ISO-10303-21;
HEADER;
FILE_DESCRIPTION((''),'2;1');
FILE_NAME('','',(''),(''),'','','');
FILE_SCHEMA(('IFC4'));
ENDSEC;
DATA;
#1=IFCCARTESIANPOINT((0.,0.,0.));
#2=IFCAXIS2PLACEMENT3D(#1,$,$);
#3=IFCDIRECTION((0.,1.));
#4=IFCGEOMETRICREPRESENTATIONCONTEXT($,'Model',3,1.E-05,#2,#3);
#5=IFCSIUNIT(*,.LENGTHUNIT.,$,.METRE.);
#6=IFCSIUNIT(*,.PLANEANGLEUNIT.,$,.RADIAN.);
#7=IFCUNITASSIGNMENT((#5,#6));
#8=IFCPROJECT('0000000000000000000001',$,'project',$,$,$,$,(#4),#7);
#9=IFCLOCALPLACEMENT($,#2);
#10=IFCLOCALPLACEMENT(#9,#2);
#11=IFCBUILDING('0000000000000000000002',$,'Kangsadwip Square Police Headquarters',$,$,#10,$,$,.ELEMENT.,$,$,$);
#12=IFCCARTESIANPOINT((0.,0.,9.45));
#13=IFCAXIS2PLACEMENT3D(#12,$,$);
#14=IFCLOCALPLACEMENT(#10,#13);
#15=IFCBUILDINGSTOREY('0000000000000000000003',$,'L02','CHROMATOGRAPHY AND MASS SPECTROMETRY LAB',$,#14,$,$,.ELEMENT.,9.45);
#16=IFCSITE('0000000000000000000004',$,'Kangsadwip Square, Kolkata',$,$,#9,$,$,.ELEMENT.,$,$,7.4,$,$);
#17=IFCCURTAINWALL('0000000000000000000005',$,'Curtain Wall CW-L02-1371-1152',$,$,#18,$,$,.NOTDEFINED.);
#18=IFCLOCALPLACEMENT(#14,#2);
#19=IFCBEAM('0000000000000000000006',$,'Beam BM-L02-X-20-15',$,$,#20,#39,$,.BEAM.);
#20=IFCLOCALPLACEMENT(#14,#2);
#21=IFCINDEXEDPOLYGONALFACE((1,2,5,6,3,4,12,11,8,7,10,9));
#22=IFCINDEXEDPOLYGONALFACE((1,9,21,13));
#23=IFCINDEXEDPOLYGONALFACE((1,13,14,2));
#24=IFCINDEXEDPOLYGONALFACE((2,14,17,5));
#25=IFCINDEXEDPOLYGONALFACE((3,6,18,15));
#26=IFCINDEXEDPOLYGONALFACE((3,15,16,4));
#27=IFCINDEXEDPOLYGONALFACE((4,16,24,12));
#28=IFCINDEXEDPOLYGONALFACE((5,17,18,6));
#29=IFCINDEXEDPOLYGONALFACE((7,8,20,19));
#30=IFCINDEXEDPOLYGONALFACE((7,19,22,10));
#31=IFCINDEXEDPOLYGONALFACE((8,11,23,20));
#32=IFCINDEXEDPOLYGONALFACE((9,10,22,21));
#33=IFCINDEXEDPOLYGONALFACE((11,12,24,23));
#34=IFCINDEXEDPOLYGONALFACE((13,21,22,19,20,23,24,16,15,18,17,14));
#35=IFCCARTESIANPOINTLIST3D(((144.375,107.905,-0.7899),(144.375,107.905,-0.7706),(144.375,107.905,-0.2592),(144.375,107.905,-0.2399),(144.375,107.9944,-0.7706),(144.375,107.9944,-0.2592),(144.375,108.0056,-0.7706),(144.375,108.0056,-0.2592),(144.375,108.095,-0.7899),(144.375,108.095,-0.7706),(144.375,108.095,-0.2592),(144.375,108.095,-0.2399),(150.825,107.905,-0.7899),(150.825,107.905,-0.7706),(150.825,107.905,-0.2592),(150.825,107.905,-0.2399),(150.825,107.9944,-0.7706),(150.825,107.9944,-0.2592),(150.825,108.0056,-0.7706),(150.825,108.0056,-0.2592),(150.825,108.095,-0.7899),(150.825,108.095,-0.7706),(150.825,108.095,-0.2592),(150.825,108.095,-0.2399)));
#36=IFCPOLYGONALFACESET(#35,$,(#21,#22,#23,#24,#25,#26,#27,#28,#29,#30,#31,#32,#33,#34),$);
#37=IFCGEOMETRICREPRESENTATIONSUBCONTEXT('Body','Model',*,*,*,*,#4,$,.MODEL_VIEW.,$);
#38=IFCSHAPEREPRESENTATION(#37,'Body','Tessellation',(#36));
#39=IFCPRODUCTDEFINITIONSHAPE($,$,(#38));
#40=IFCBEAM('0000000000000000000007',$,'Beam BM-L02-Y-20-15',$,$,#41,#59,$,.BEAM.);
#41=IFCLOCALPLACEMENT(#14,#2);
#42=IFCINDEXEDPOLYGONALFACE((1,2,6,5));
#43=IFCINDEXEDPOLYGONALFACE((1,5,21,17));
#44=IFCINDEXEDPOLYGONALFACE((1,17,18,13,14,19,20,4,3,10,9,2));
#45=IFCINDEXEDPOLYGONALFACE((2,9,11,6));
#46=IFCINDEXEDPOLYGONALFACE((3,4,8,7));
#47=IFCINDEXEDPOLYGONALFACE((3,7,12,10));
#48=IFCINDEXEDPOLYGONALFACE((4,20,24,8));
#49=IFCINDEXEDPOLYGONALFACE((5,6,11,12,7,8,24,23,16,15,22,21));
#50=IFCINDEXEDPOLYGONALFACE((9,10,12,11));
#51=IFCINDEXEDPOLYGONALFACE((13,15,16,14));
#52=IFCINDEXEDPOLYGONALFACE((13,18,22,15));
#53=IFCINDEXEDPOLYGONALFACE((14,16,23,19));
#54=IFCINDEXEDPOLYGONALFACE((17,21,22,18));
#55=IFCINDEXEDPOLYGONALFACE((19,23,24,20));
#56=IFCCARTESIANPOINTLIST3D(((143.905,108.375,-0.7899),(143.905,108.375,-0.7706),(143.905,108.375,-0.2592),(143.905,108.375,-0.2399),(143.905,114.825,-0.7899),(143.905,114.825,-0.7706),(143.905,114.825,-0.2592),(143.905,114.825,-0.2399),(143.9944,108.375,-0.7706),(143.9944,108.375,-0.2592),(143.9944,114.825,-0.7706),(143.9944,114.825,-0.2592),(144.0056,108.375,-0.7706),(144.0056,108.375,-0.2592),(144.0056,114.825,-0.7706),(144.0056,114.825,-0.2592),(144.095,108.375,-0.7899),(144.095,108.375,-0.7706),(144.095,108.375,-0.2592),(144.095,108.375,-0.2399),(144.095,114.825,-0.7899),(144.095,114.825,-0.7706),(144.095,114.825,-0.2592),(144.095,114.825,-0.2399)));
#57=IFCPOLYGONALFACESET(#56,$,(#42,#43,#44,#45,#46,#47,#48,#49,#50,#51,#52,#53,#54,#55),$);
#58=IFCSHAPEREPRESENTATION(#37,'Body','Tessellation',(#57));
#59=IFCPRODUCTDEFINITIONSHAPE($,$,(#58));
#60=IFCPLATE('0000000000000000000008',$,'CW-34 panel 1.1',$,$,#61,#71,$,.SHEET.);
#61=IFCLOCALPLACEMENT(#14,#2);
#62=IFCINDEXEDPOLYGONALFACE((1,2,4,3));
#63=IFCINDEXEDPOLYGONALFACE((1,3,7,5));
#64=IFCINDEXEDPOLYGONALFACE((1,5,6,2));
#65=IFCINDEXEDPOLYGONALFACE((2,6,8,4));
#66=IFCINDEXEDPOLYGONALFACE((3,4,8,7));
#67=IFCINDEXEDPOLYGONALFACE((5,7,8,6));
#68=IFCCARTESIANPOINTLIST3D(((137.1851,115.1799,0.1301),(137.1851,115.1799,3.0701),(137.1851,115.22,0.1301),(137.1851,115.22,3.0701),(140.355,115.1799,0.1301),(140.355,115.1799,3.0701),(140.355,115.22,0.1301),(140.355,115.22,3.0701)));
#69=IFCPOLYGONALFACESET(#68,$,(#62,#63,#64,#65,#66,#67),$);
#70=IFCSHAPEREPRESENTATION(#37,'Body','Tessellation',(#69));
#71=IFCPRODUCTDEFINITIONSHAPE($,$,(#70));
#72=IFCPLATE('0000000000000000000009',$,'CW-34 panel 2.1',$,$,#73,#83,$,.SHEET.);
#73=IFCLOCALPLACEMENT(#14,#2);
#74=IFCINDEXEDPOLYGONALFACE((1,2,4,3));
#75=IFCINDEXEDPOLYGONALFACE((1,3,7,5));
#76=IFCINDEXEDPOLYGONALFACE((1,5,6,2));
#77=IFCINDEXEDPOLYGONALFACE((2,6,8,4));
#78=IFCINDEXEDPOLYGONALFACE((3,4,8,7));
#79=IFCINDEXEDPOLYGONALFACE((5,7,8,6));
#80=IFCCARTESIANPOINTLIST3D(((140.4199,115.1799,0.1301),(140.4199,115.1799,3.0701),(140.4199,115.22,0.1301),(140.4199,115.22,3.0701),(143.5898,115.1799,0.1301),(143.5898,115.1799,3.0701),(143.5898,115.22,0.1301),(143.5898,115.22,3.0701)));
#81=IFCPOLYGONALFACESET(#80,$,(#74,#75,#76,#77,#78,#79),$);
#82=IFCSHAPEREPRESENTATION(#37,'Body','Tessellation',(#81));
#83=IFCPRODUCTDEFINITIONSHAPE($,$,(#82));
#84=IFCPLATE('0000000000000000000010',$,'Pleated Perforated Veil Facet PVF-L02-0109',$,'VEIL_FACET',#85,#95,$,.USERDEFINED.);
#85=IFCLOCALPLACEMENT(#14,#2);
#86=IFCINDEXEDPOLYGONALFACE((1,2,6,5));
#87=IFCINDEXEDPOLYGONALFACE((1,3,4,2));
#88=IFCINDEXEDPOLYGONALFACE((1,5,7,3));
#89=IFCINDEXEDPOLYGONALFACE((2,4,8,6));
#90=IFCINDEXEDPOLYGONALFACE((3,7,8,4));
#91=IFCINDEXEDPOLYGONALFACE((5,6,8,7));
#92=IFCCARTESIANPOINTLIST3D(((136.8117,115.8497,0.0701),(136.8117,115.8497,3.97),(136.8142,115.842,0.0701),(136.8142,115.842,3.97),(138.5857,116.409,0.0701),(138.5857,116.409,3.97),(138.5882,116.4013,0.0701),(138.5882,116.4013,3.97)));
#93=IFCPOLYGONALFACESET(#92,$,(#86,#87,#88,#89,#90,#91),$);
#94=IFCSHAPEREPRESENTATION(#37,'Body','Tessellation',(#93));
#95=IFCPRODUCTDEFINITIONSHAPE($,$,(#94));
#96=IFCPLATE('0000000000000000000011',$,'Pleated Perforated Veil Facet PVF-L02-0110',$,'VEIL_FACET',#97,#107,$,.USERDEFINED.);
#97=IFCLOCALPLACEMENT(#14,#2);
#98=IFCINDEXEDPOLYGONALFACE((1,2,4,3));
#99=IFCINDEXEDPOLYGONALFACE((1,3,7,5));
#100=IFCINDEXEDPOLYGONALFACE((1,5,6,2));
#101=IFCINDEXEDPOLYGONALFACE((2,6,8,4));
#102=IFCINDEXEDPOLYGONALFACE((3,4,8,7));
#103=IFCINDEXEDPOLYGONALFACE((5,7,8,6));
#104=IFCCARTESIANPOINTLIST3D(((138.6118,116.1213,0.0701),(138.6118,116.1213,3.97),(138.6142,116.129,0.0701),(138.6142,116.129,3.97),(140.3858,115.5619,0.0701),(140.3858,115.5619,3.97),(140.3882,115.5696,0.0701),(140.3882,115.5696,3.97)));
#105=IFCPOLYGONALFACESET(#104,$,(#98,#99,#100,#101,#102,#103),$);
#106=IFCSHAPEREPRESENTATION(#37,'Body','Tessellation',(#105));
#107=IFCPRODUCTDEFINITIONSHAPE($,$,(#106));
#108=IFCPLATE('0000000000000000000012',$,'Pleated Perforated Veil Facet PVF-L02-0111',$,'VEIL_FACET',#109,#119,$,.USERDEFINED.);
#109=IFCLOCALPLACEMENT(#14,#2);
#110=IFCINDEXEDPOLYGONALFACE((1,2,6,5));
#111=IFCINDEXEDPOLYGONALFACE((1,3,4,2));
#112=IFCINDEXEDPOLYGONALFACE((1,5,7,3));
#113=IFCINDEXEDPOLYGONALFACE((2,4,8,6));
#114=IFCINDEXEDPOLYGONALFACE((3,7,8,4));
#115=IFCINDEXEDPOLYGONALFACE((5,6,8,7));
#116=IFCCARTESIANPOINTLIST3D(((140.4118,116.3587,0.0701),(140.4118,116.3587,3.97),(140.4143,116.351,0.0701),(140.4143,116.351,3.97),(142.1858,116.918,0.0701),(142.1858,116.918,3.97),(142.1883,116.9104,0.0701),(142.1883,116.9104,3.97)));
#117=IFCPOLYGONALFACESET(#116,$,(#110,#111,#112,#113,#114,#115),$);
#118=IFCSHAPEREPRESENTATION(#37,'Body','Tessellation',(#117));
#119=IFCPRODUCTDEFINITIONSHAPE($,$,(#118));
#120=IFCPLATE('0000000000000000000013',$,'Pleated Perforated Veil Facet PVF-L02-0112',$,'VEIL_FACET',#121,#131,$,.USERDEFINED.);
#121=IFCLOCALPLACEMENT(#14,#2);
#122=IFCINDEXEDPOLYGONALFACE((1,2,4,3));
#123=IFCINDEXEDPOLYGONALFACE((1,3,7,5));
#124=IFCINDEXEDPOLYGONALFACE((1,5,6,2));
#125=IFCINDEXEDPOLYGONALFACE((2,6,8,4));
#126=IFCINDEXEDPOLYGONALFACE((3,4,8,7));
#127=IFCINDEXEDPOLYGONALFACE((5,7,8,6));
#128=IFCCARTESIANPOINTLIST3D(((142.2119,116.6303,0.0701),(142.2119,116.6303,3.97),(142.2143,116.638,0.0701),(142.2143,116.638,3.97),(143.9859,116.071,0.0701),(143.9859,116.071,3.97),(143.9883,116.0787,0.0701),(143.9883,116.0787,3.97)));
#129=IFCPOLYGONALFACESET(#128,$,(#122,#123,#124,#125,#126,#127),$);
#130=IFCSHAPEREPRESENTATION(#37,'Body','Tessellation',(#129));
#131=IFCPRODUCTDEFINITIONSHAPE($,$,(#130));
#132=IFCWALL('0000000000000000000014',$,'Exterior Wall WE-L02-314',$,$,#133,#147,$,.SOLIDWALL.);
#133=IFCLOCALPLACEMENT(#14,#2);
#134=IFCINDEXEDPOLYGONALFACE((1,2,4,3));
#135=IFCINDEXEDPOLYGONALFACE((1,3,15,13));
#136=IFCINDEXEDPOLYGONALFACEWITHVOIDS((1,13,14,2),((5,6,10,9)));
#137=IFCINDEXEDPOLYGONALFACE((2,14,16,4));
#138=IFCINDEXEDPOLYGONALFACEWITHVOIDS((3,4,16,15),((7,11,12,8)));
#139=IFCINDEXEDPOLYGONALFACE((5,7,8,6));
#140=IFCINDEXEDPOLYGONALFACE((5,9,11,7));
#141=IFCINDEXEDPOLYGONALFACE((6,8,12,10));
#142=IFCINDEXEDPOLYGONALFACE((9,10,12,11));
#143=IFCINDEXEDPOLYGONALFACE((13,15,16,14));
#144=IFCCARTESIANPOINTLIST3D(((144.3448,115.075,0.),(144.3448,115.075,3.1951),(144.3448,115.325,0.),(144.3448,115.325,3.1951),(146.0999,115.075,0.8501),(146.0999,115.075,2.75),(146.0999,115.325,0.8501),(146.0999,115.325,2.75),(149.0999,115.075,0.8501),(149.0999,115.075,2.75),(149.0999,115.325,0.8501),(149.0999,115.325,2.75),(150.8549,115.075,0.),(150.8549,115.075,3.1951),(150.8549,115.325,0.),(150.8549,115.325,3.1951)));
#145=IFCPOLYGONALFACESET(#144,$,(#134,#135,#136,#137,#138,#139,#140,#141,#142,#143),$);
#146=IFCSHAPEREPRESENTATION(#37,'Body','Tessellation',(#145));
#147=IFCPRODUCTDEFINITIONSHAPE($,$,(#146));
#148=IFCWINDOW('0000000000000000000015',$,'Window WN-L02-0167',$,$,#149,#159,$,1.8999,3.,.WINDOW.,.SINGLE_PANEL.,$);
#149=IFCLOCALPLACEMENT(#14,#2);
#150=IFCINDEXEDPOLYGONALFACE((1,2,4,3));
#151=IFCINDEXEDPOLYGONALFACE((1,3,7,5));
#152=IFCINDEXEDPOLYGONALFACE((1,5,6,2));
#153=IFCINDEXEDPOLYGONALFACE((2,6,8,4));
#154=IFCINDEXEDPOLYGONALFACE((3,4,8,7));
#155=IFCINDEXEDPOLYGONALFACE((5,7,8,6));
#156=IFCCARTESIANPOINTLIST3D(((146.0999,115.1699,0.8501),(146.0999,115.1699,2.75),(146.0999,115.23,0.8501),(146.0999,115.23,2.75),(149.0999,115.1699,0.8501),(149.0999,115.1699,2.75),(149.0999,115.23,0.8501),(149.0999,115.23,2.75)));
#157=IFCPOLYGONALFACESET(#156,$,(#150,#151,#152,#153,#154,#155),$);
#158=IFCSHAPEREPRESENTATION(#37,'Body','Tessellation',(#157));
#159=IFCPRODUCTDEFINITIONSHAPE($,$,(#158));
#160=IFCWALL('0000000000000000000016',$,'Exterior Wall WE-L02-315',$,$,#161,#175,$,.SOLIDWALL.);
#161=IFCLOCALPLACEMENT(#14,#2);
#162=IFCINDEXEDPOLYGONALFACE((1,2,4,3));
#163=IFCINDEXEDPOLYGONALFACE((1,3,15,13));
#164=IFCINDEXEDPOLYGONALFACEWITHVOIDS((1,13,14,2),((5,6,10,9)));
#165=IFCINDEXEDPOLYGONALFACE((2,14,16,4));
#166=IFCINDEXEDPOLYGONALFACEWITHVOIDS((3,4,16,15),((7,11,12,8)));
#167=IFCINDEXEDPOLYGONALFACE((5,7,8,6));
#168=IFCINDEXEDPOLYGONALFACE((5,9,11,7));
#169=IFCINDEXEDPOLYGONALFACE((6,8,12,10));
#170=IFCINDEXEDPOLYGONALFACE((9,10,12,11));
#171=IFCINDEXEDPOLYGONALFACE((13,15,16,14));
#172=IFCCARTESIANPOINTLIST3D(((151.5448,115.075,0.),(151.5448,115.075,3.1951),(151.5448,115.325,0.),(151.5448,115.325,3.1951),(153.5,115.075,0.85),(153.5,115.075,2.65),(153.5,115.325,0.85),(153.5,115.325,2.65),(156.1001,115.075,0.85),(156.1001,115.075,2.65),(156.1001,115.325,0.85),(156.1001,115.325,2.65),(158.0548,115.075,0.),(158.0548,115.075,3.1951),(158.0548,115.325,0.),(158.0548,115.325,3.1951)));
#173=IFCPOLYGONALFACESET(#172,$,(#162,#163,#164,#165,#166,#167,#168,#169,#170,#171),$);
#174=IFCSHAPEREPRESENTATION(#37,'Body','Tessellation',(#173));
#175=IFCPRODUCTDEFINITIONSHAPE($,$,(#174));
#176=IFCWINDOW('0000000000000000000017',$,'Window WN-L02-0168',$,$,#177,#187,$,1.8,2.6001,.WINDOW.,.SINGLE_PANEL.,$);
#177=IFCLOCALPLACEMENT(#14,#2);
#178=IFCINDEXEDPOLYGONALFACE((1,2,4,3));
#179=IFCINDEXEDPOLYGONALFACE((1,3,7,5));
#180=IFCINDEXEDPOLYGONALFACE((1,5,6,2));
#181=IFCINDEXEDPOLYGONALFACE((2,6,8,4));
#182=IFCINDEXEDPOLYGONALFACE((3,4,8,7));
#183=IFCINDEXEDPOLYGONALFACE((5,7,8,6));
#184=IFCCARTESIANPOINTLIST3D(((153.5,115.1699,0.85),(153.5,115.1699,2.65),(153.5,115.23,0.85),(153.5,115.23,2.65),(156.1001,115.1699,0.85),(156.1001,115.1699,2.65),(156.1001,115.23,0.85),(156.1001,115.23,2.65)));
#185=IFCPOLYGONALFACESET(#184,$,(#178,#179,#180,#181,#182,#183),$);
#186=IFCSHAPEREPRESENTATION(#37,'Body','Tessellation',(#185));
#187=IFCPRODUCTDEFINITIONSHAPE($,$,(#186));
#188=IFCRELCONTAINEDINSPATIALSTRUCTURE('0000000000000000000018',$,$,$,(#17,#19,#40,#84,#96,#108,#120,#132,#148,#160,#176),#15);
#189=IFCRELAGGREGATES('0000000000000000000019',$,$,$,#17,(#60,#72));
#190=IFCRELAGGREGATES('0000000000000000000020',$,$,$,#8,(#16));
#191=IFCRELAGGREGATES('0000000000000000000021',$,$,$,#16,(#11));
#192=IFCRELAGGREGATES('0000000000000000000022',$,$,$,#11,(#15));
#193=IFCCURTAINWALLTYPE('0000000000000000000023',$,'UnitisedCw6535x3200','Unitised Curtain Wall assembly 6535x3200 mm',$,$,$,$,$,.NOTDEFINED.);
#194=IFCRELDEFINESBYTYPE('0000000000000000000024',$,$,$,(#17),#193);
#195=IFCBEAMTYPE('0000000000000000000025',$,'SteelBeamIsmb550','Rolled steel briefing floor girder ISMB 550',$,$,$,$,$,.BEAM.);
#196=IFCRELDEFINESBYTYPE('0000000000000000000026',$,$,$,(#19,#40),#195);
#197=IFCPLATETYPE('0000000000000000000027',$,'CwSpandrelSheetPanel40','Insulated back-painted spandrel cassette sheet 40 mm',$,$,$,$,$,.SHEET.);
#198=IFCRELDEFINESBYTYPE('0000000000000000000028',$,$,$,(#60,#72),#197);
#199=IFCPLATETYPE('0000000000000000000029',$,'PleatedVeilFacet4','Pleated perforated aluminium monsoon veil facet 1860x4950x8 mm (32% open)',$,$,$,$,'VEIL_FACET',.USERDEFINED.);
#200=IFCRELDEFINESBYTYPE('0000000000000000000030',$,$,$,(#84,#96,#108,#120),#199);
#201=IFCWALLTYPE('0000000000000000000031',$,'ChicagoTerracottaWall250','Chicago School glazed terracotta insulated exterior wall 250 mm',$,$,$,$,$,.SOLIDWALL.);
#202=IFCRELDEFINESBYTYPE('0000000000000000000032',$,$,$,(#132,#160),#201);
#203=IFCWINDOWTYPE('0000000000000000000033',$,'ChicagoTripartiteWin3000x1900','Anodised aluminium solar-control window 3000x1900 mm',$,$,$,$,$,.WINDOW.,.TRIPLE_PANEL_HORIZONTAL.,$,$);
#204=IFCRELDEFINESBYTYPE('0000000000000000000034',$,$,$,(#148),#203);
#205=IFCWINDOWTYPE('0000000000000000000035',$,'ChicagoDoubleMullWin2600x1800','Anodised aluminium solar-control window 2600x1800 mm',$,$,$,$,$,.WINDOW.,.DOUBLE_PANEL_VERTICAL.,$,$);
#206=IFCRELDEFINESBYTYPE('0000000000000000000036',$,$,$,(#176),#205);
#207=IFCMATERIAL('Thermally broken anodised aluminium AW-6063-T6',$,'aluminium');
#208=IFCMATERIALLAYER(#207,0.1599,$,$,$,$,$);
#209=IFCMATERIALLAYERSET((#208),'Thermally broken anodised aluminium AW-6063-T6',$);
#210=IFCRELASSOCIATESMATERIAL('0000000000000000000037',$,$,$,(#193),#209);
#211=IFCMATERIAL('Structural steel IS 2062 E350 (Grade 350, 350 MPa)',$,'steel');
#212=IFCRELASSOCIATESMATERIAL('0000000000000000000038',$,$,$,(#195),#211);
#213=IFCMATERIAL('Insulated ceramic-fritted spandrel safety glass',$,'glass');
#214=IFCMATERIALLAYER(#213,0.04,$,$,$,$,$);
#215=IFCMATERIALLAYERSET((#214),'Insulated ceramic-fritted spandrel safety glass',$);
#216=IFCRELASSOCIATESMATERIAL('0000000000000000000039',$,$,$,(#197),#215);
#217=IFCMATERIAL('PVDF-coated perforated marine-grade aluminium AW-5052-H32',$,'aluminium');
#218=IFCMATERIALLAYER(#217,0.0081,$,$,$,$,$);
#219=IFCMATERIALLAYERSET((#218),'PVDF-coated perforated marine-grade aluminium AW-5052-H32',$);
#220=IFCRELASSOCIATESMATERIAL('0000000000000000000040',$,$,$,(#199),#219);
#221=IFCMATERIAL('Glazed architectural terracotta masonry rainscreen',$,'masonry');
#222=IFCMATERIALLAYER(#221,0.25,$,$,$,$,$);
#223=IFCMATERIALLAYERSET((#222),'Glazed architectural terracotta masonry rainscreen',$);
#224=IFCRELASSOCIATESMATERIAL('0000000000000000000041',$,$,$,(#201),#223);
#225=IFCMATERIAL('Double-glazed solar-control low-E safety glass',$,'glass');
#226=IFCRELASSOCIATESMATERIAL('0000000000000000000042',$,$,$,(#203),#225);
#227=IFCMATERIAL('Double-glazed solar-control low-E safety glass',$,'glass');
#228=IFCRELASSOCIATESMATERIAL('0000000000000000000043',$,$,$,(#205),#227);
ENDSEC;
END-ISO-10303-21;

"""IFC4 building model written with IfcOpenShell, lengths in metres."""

from ifc_helpers import new_model, si_unit, direction, frame, frame_2d, origin, origin_2d, place, context, subcontext, project, spatial, rectangle, i_section, extrude, material, layer, layer_set, material_profile, profile_set, type_object, element, fill, aggregate, save


model = new_model("IFC4")

# Units and contexts
model_context = context("Model", 3, precision=1e-05, world=origin(), true_north=direction((0.0, 1.0)))
body_context = subcontext(model_context, "Body", "Model", "MODEL_VIEW")
ifc_project = project(units=[si_unit("LENGTHUNIT", "METRE"), si_unit("PLANEANGLEUNIT", "RADIAN")], contexts=[model_context])

# Site, building, storey
site_placement = place(None, origin())
site = spatial("IfcSite", under=ifc_project, at=site_placement, Name="Kangsadwip Square, Kolkata", CompositionType="ELEMENT", RefElevation=7.4)
building_placement = place(site_placement, origin())
building = spatial("IfcBuilding", under=site, at=building_placement, Name="Kangsadwip Square Police Headquarters", CompositionType="ELEMENT")
storey_placement = place(building_placement, frame((0.0, 0.0, 9.45)))
storey = spatial("IfcBuildingStorey", under=building, at=storey_placement, Name="L02", Description="CHROMATOGRAPHY AND MASS SPECTROMETRY LAB", CompositionType="ELEMENT", Elevation=9.45)

# Curtain wall
ifc_material_1 = material(Name="Thermally broken anodised aluminium AW-6063-T6", Category="aluminium")
ifc_layer_1 = layer(ifc_material_1, 0.1599)
ifc_layer_set_1 = layer_set([ifc_layer_1], Name="Thermally broken anodised aluminium AW-6063-T6")
curtain_wall_type = type_object("IfcCurtainWallType", Name="UnitisedCw6535x3200", Description="Unitised Curtain Wall assembly 6535x3200 mm", PredefinedType="NOTDEFINED", material=ifc_layer_set_1)
curtain_wall_placement = place(storey_placement, origin())
curtain_wall = element("IfcCurtainWall", 1, at=curtain_wall_placement, inside=storey, type_object=curtain_wall_type, Name="Curtain Wall CW-L02-1371-1152", PredefinedType="NOTDEFINED")

# Beams
ifc_material_2 = material(Name="Structural steel IS 2062 E350 (Grade 350, 350 MPa)", Category="steel")
ifc_material_profile_1 = material_profile(ifc_material_2, i_section(OverallWidth=0.1899, OverallDepth=0.55, WebThickness=0.0112, FlangeThickness=0.0193, at=origin_2d()), Name="ISMB 550")
ifc_profile_set_1 = profile_set([ifc_material_profile_1], Name="Structural steel IS 2062 E350 (Grade 350, 350 MPa)")
beam_type_1 = type_object("IfcBeamType", Name="SteelBeamIsmb550", Description="Rolled steel briefing floor girder ISMB 550", PredefinedType="BEAM", material=ifc_profile_set_1)
for number, where, z_axis, x_axis, name in (
    (2, (144.375, 108.0, -0.5149), (1.0, 0.0, 0.0), (0.0, 1.0, 0.0), "Beam BM-L02-X-20-15"),
    (3, (144.0, 108.375, -0.5149), (0.0, 1.0, 0.0), (-1.0, 0.0, 0.0), "Beam BM-L02-Y-20-15"),
):
    element("IfcBeam", number, at=place(storey_placement, frame(where, z_axis=z_axis, x_axis=x_axis)), inside=storey, type_object=beam_type_1, Name=name, PredefinedType="BEAM", context=body_context, shape_type="SweptSolid", body=[
        extrude(i_section(OverallWidth=0.1899, OverallDepth=0.55, WebThickness=0.0112, FlangeThickness=0.0193, at=origin_2d()), origin(), (0.0, 0.0, 1.0), 6.45),
    ])

# Plates
ifc_material_3 = material(Name="Insulated ceramic-fritted spandrel safety glass", Category="glass")
ifc_layer_2 = layer(ifc_material_3, 0.04)
ifc_layer_set_2 = layer_set([ifc_layer_2], Name="Insulated ceramic-fritted spandrel safety glass")
plate_type_1 = type_object("IfcPlateType", Name="CwSpandrelSheetPanel40", Description="Insulated back-painted spandrel cassette sheet 40 mm", PredefinedType="SHEET", material=ifc_layer_set_2)
plate_1_placement = place(storey_placement, frame((138.77, 115.2, 0.1301), z_axis=(0.0, 0.0, 1.0), x_axis=(1.0, 0.0, 0.0)))
plate_1 = element("IfcPlate", 4, at=plate_1_placement, type_object=plate_type_1, Name="CW-34 panel 1.1", PredefinedType="SHEET", context=body_context, shape_type="SweptSolid", body=[
    extrude(rectangle(XDim=3.1699, YDim=0.04, at=origin_2d()), origin(), (0.0, 0.0, 1.0), 2.9399),
])
plate_2_placement = place(storey_placement, frame((142.0049, 115.2, 0.1301), z_axis=(0.0, 0.0, 1.0), x_axis=(1.0, 0.0, 0.0)))
plate_2 = element("IfcPlate", 5, at=plate_2_placement, type_object=plate_type_1, Name="CW-34 panel 2.1", PredefinedType="SHEET", context=body_context, shape_type="SweptSolid", body=[
    extrude(rectangle(XDim=3.1699, YDim=0.04, at=origin_2d()), origin(), (0.0, 0.0, 1.0), 2.9399),
])
aggregate(curtain_wall, [plate_1, plate_2])

# Plates
ifc_material_4 = material(Name="PVDF-coated perforated marine-grade aluminium AW-5052-H32", Category="aluminium")
ifc_layer_3 = layer(ifc_material_4, 0.0081)
ifc_layer_set_3 = layer_set([ifc_layer_3], Name="PVDF-coated perforated marine-grade aluminium AW-5052-H32")
plate_type_2 = type_object("IfcPlateType", Name="PleatedVeilFacet4", Description="Pleated perforated aluminium monsoon veil facet 1860x4950x8 mm (32% open)", ElementType="VEIL_FACET", PredefinedType="USERDEFINED", material=ifc_layer_set_3)
for number, where, z_axis, x_axis, name in (
    (6, (137.7, 116.1255, 0.0701), (0.0, 0.0, 1.0), (0.953717, 0.300706, 0.0), "Pleated Perforated Veil Facet PVF-L02-0109"),
    (7, (139.5, 115.8455, 0.0701), (0.0, 0.0, 1.0), (0.953717, -0.300706, 0.0), "Pleated Perforated Veil Facet PVF-L02-0110"),
    (8, (141.3, 116.6345, 0.0701), (0.0, 0.0, 1.0), (0.953717, 0.300706, 0.0), "Pleated Perforated Veil Facet PVF-L02-0111"),
    (9, (143.1001, 116.3545, 0.0701), (0.0, 0.0, 1.0), (0.953717, -0.300706, 0.0), "Pleated Perforated Veil Facet PVF-L02-0112"),
):
    element("IfcPlate", number, at=place(storey_placement, frame(where, z_axis=z_axis, x_axis=x_axis)), inside=storey, type_object=plate_type_2, Name=name, ObjectType="VEIL_FACET", PredefinedType="USERDEFINED", context=body_context, shape_type="SweptSolid", body=[
        extrude(rectangle(XDim=1.8601, YDim=0.0081, at=origin_2d()), origin(), (0.0, 0.0, 1.0), 3.8999),
    ])

# Walls, openings, windows
ifc_material_5 = material(Name="Glazed architectural terracotta masonry rainscreen", Category="masonry")
ifc_layer_4 = layer(ifc_material_5, 0.25)
ifc_layer_set_4 = layer_set([ifc_layer_4], Name="Glazed architectural terracotta masonry rainscreen")
wall_type = type_object("IfcWallType", Name="ChicagoTerracottaWall250", Description="Chicago School glazed terracotta insulated exterior wall 250 mm", PredefinedType="SOLIDWALL", material=ifc_layer_set_4)
wall_1_placement = place(storey_placement, frame((144.345, 115.2, 0.0), z_axis=(0.0, 0.0, 1.0), x_axis=(1.0, 0.0, 0.0)))
wall_1 = element("IfcWall", 10, at=wall_1_placement, inside=storey, type_object=wall_type, Name="Exterior Wall WE-L02-314", PredefinedType="SOLIDWALL", context=body_context, shape_type="SweptSolid", body=[
    extrude(rectangle(XDim=6.51, YDim=0.25, at=frame_2d((3.2549, 0.0))), origin(), (0.0, 0.0, 1.0), 3.1951),
])
opening_1_placement = place(wall_1_placement, frame((1.7549, 0.0, 0.8501)))
opening_1 = element("IfcOpeningElement", 11, at=opening_1_placement, cuts=wall_1, PredefinedType="OPENING", context=body_context, shape_type="SweptSolid", body=[
    extrude(rectangle(XDim=3.0, YDim=1.8999, at=frame_2d((1.5, 0.95))), frame((0.0, 0.135, 0.0), z_axis=(0.0, -1.0, 0.0), x_axis=(1.0, 0.0, 0.0)), (0.0, 0.0, 1.0), 0.27),
])
ifc_material_6 = material(Name="Double-glazed solar-control low-E safety glass", Category="glass")
window_type_1 = type_object("IfcWindowType", Name="ChicagoTripartiteWin3000x1900", Description="Anodised aluminium solar-control window 3000x1900 mm", PartitioningType="TRIPLE_PANEL_HORIZONTAL", PredefinedType="WINDOW", material=ifc_material_6)
window_1_placement = place(opening_1_placement, origin())
window_1 = element("IfcWindow", 12, at=window_1_placement, inside=storey, type_object=window_type_1, Name="Window WN-L02-0167", OverallHeight=1.8999, OverallWidth=3.0, PartitioningType="SINGLE_PANEL", PredefinedType="WINDOW", context=body_context, shape_type="SweptSolid", body=[
    extrude(rectangle(XDim=3.0, YDim=1.8999, at=frame_2d((1.5, 0.95))), frame((0.0, 0.03, 0.0), z_axis=(0.0, -1.0, 0.0), x_axis=(1.0, 0.0, 0.0)), (0.0, 0.0, 1.0), 0.0601),
])
fill(opening_1, window_1)
wall_2_placement = place(storey_placement, frame((151.5449, 115.2, 0.0), z_axis=(0.0, 0.0, 1.0), x_axis=(1.0, 0.0, 0.0)))
wall_2 = element("IfcWall", 13, at=wall_2_placement, inside=storey, type_object=wall_type, Name="Exterior Wall WE-L02-315", PredefinedType="SOLIDWALL", context=body_context, shape_type="SweptSolid", body=[
    extrude(rectangle(XDim=6.51, YDim=0.25, at=frame_2d((3.2549, 0.0))), origin(), (0.0, 0.0, 1.0), 3.1951),
])
opening_2_placement = place(wall_2_placement, frame((1.9551, 0.0, 0.8501)))
opening_2 = element("IfcOpeningElement", 14, at=opening_2_placement, cuts=wall_2, PredefinedType="OPENING", context=body_context, shape_type="SweptSolid", body=[
    extrude(rectangle(XDim=2.6001, YDim=1.8, at=frame_2d((1.3, 0.8999))), frame((0.0, 0.135, 0.0), z_axis=(0.0, -1.0, 0.0), x_axis=(1.0, 0.0, 0.0)), (0.0, 0.0, 1.0), 0.27),
])
ifc_material_7 = material(Name="Double-glazed solar-control low-E safety glass", Category="glass")
window_type_2 = type_object("IfcWindowType", Name="ChicagoDoubleMullWin2600x1800", Description="Anodised aluminium solar-control window 2600x1800 mm", PartitioningType="DOUBLE_PANEL_VERTICAL", PredefinedType="WINDOW", material=ifc_material_7)
window_2_placement = place(opening_2_placement, origin())
window_2 = element("IfcWindow", 15, at=window_2_placement, inside=storey, type_object=window_type_2, Name="Window WN-L02-0168", OverallHeight=1.8, OverallWidth=2.6001, PartitioningType="SINGLE_PANEL", PredefinedType="WINDOW", context=body_context, shape_type="SweptSolid", body=[
    extrude(rectangle(XDim=2.6001, YDim=1.8, at=frame_2d((1.3, 0.8999))), frame((0.0, 0.03, 0.0), z_axis=(0.0, -1.0, 0.0), x_axis=(1.0, 0.0, 0.0)), (0.0, 0.0, 1.0), 0.0601),
])
fill(opening_2, window_2)

save(model, "model.ifc")
